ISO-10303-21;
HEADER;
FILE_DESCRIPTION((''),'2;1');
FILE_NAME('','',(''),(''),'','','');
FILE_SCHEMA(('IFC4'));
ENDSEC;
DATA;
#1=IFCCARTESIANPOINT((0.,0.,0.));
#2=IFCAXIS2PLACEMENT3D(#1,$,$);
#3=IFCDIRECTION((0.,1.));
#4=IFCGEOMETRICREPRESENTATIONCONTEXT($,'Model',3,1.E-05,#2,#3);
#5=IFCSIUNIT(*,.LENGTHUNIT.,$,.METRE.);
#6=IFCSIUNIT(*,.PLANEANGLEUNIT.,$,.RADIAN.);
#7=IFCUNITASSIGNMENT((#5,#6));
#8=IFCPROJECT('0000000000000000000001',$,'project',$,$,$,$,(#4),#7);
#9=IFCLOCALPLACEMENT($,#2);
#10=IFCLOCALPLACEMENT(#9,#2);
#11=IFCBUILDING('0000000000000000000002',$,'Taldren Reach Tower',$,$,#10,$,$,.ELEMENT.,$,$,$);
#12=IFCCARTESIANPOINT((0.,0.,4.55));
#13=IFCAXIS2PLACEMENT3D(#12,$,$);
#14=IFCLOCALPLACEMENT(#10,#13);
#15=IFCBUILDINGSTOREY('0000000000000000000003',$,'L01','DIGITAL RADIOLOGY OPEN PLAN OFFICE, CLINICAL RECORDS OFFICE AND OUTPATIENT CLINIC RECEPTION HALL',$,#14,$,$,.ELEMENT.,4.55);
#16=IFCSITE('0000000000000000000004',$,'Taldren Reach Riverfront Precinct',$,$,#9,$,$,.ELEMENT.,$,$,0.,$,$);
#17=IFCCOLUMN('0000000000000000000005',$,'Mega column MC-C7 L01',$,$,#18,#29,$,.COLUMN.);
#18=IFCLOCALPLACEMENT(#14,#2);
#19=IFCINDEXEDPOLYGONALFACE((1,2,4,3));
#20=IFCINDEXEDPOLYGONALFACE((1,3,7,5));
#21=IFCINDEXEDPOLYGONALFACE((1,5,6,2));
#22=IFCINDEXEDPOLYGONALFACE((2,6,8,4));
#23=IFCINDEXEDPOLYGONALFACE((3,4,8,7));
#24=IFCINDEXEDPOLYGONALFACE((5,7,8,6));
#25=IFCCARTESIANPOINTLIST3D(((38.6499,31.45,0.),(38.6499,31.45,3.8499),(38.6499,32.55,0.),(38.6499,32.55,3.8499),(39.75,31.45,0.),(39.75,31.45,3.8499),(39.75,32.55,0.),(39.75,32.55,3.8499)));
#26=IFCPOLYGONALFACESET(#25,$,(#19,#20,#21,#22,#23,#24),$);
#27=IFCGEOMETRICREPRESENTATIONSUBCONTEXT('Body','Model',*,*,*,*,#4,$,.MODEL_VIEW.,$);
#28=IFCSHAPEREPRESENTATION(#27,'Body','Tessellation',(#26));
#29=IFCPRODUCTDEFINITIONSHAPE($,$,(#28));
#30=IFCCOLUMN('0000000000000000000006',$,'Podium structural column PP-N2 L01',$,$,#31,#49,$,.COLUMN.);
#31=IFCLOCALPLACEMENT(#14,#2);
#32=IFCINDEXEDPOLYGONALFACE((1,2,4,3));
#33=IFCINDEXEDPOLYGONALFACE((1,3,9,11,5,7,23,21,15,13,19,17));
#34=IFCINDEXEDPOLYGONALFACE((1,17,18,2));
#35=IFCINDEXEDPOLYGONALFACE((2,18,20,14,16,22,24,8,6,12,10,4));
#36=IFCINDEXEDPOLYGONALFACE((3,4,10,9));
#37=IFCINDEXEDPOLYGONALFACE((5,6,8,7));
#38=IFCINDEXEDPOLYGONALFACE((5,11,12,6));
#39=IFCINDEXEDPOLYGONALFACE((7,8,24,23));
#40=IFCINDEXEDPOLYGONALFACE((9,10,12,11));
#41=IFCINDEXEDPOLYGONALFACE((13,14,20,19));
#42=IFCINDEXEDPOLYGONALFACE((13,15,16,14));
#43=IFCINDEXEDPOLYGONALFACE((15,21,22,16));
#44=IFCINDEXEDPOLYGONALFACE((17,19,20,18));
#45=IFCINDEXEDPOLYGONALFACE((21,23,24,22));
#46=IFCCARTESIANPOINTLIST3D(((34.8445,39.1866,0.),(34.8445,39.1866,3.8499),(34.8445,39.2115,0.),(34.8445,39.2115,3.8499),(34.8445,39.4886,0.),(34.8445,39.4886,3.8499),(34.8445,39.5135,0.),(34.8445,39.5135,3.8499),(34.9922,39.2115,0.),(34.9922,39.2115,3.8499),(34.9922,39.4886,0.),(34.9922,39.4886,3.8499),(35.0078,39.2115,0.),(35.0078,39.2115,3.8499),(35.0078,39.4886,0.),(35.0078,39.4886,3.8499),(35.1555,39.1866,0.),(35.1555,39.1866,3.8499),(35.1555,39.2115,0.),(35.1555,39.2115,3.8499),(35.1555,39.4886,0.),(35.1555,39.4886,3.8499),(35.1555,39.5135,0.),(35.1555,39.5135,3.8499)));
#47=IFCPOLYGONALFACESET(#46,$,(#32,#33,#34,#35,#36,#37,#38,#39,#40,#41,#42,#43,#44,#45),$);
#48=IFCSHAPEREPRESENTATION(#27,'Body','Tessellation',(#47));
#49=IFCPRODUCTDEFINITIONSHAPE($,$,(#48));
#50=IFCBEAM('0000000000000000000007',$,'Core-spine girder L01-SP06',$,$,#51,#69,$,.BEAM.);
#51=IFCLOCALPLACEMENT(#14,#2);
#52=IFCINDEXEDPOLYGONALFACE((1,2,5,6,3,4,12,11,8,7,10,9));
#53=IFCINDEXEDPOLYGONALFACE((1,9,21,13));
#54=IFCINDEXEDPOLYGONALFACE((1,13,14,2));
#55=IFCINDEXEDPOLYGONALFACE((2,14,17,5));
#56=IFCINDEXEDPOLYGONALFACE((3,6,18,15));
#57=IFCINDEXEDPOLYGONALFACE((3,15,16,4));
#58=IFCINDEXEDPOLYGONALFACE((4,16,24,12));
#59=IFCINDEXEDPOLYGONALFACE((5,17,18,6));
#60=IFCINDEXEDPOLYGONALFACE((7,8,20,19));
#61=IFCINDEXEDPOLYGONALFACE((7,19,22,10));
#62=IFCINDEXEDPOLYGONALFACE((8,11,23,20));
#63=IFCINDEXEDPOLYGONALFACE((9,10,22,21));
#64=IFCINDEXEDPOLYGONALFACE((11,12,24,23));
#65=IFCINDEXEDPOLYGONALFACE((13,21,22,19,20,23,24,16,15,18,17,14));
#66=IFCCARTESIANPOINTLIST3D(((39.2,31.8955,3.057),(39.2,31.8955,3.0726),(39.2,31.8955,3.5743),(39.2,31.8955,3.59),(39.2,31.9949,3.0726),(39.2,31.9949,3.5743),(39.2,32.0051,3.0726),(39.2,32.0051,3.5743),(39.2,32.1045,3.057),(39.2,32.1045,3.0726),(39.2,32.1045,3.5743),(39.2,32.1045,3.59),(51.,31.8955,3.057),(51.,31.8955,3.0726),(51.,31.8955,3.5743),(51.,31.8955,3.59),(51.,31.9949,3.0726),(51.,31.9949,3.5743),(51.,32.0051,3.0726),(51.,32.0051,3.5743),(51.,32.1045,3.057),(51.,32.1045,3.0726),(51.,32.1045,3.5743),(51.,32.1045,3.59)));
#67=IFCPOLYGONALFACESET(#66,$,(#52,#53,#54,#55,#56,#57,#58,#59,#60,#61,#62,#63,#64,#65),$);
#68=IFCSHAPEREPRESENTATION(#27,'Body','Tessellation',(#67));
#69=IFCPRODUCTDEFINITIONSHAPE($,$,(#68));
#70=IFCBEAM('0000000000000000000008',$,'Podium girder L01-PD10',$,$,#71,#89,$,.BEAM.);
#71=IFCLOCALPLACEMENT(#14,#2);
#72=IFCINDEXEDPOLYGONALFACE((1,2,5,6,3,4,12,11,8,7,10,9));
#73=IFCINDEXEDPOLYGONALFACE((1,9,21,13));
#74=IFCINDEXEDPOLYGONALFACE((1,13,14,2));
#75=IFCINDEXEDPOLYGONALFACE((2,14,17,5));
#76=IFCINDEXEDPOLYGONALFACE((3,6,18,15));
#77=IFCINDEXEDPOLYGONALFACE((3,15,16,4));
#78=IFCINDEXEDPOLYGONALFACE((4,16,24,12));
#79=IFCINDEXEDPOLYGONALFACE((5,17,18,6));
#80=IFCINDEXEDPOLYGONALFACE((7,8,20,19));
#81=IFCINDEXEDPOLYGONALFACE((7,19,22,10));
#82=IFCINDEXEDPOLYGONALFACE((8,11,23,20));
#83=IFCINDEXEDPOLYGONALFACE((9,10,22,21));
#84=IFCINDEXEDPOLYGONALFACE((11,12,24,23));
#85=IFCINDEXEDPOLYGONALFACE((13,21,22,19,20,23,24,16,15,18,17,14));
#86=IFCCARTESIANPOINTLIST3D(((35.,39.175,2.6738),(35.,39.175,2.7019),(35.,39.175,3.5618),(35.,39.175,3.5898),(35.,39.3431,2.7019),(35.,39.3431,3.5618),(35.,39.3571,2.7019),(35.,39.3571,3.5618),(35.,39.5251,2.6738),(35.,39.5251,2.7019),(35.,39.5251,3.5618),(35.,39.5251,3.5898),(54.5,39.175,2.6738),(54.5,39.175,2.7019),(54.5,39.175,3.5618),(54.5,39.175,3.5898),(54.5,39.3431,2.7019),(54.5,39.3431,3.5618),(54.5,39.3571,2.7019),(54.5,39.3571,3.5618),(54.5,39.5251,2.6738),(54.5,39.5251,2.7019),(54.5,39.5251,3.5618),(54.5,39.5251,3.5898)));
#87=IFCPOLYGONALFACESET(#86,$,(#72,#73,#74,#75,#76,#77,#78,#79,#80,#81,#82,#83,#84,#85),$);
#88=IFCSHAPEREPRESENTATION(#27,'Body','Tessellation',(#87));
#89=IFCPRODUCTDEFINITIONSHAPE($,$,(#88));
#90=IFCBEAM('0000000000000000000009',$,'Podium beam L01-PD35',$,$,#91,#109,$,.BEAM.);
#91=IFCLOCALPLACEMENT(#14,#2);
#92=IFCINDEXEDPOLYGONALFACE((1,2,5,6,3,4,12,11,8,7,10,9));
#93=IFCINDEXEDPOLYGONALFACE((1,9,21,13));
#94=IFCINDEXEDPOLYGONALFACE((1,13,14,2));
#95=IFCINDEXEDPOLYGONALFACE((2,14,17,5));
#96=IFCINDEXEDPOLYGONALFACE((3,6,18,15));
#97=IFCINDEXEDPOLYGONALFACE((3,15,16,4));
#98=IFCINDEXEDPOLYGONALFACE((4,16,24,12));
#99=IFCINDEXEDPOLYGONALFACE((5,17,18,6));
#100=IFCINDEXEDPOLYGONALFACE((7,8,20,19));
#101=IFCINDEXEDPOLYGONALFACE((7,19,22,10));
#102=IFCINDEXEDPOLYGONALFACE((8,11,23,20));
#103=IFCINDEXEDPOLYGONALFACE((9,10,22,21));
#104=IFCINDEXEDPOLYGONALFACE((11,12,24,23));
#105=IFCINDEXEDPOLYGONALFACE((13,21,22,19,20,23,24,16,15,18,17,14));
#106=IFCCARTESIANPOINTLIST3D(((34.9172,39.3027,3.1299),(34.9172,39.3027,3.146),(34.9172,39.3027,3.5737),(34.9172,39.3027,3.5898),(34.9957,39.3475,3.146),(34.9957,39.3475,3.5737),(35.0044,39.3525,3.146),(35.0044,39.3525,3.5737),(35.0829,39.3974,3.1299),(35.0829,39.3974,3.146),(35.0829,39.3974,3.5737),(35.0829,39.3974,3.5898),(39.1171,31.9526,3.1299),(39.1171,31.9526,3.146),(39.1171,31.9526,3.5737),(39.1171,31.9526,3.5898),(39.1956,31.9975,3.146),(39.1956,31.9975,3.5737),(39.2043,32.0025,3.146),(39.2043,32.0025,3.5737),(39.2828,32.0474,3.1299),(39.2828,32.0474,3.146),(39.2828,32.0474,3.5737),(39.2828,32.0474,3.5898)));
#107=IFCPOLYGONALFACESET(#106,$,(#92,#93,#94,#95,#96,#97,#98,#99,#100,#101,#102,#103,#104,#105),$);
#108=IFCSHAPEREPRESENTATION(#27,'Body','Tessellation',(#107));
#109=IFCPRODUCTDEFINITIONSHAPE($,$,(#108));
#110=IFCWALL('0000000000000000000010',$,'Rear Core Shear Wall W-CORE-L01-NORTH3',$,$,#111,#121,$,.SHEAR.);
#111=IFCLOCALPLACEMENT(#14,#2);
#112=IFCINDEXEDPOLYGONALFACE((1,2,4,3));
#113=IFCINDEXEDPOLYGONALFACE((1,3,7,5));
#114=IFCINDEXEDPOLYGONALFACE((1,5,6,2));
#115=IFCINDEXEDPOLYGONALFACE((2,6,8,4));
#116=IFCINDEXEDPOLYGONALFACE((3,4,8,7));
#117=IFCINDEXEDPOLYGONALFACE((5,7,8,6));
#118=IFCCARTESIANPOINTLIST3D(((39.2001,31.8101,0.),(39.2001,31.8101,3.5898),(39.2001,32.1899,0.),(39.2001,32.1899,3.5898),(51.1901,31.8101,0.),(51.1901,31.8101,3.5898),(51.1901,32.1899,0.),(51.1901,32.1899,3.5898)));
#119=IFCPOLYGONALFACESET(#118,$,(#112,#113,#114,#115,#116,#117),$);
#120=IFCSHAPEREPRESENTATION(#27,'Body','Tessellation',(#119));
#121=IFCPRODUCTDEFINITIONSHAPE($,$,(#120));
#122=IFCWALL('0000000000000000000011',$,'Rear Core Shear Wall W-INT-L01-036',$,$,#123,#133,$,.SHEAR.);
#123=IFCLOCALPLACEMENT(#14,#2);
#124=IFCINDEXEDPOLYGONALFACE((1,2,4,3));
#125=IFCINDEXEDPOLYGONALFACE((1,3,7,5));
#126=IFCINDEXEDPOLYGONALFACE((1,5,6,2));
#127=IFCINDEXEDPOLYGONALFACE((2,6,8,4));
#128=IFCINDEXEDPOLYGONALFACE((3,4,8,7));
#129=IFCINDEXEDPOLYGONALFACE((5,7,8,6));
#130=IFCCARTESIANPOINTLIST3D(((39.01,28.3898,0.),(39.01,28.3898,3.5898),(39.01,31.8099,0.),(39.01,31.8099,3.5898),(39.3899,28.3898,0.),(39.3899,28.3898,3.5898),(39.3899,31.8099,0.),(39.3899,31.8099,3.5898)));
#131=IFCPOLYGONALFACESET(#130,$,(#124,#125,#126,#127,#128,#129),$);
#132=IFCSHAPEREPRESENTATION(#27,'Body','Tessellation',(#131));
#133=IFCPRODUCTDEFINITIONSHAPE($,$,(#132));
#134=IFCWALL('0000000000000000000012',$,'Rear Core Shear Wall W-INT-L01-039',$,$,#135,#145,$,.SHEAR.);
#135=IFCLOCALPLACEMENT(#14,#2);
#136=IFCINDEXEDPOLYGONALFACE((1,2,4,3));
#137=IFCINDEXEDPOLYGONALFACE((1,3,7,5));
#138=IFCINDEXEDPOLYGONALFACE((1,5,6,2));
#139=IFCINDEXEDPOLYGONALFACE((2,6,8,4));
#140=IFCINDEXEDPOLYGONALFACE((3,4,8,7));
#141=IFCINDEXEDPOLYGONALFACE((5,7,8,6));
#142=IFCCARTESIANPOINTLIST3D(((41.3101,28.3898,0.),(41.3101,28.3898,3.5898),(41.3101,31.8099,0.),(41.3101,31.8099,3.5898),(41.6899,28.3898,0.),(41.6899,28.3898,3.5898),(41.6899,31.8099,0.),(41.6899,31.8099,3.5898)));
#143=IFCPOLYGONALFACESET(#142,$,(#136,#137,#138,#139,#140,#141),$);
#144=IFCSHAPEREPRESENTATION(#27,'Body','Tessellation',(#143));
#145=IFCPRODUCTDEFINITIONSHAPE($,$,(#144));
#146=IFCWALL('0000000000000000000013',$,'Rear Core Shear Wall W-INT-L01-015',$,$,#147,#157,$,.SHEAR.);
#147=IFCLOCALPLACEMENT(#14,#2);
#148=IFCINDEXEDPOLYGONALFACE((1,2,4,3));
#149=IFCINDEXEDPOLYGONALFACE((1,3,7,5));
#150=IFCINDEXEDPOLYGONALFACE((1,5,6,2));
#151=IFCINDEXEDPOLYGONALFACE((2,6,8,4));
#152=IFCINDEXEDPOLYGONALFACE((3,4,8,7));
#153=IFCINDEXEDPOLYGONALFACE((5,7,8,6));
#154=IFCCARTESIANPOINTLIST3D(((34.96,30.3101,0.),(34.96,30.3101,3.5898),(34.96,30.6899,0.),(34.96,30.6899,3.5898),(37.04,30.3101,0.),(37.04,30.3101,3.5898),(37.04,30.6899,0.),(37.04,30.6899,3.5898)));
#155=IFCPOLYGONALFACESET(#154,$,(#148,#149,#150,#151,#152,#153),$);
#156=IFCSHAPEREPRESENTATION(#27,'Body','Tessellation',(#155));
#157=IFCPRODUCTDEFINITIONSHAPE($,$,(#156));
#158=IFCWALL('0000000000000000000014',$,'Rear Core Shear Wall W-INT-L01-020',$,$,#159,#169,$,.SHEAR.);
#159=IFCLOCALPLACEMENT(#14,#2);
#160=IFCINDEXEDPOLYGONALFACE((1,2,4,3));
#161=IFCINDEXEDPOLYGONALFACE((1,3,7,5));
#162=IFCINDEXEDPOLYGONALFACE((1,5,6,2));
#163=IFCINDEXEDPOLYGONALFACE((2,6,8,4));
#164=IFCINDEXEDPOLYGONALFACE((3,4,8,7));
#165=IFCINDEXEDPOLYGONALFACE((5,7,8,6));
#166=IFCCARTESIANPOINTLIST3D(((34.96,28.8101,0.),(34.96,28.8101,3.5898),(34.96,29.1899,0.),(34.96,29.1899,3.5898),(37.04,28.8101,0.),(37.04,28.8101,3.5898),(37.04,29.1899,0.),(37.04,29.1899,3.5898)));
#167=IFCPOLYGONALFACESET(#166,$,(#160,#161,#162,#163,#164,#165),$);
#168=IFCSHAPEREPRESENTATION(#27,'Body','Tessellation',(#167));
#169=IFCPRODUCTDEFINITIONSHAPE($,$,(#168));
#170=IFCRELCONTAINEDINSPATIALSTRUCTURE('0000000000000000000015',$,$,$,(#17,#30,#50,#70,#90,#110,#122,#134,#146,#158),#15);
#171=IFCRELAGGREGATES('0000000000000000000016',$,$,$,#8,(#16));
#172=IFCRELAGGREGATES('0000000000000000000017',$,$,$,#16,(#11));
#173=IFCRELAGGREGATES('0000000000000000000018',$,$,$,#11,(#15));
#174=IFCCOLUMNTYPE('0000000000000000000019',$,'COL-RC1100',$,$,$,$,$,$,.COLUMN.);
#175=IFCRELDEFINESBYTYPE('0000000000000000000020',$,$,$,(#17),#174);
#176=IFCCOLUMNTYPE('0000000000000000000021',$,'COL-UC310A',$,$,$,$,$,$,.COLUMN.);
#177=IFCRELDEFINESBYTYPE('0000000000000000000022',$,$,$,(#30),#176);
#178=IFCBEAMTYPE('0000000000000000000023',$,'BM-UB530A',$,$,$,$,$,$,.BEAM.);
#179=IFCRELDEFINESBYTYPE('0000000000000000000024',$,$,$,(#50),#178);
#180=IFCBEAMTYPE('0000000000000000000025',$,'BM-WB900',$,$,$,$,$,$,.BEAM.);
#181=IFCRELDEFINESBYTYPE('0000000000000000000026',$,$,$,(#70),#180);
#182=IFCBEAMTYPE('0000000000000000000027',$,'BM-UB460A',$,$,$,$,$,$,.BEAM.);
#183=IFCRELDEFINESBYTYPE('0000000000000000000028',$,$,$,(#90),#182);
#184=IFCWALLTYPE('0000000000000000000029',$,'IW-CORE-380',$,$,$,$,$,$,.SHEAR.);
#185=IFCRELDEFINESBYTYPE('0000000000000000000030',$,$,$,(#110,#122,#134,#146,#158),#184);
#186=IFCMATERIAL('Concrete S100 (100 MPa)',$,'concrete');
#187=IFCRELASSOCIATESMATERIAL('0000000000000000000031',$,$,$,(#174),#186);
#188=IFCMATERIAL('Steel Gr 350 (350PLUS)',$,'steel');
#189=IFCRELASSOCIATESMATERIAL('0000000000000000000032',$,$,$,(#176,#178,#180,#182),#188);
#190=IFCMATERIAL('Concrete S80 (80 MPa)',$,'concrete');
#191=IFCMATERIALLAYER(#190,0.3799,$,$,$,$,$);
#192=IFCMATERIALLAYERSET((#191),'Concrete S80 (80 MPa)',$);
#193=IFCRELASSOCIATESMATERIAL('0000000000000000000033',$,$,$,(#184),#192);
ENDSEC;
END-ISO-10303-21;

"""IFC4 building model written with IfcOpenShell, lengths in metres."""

from ifc_helpers import new_model, si_unit, direction, frame, frame_2d, origin, origin_2d, place, context, subcontext, project, spatial, rectangle, i_section, extrude, source, transform, mapped, material, layer, layer_set, material_profile, profile_set, type_object, element, save


model = new_model("IFC4")

# Units and contexts
model_context = context("Model", 3, precision=1e-05, world=origin(), true_north=direction((0.0, 1.0)))
body_context = subcontext(model_context, "Body", "Model", "MODEL_VIEW")
ifc_project = project(units=[si_unit("LENGTHUNIT", "METRE"), si_unit("PLANEANGLEUNIT", "RADIAN")], contexts=[model_context])

# Site, building, storey
site_placement = place(None, origin())
site = spatial("IfcSite", under=ifc_project, at=site_placement, Name="Taldren Reach Riverfront Precinct", CompositionType="ELEMENT", RefElevation=0.0)
building_placement = place(site_placement, origin())
building = spatial("IfcBuilding", under=site, at=building_placement, Name="Taldren Reach Tower", CompositionType="ELEMENT")
storey_placement = place(building_placement, frame((0.0, 0.0, 4.55)))
storey = spatial("IfcBuildingStorey", under=building, at=storey_placement, Name="L01", Description="DIGITAL RADIOLOGY OPEN PLAN OFFICE, CLINICAL RECORDS OFFICE AND OUTPATIENT CLINIC RECEPTION HALL", CompositionType="ELEMENT", Elevation=4.55)

# Columns
ifc_material_1 = material(Name="Concrete S100 (100 MPa)", Category="concrete")
ifc_material_profile_1 = material_profile(ifc_material_1, rectangle(XDim=1.1001, YDim=1.1001, at=origin_2d()), Name="RC-1100x1100")
ifc_profile_set_1 = profile_set([ifc_material_profile_1], Name="Concrete S100 (100 MPa)")
column_type_1 = type_object("IfcColumnType", Name="COL-RC1100", PredefinedType="COLUMN", material=ifc_profile_set_1)
shared_shape_1 = source(origin(), body_context, "Body", "SweptSolid", [
    extrude(rectangle(XDim=1.1001, YDim=1.1001, at=origin_2d()), origin(), (0.0, 0.0, 1.0), 3.8499),
])
column_1_placement = place(storey_placement, frame((39.2, 32.0, 0.0), z_axis=(0.0, 0.0, 1.0), x_axis=(1.0, 0.0, 0.0)))
element("IfcColumn", 1, at=column_1_placement, inside=storey, type_object=column_type_1, Name="Mega column MC-C7 L01", PredefinedType="COLUMN", context=body_context, shape_type="MappedRepresentation", body=[
    mapped(shared_shape_1, transform((0.0, 0.0, 0.0), scale=1.0)),
])
ifc_material_2 = material(Name="Steel Gr 350 (350PLUS)", Category="steel")
ifc_material_profile_2 = material_profile(ifc_material_2, i_section(OverallWidth=0.311, OverallDepth=0.3269, WebThickness=0.0156, FlangeThickness=0.0249, at=origin_2d()), Name="310UC158")
ifc_profile_set_2 = profile_set([ifc_material_profile_2], Name="Steel Gr 350 (350PLUS)")
column_type_2 = type_object("IfcColumnType", Name="COL-UC310A", PredefinedType="COLUMN", material=ifc_profile_set_2)
shared_shape_2 = source(origin(), body_context, "Body", "SweptSolid", [
    extrude(i_section(OverallWidth=0.311, OverallDepth=0.3269, WebThickness=0.0156, FlangeThickness=0.0249, at=origin_2d()), origin(), (0.0, 0.0, 1.0), 3.8499),
])
column_2_placement = place(storey_placement, frame((35.0, 39.3501, 0.0), z_axis=(0.0, 0.0, 1.0), x_axis=(1.0, 0.0, 0.0)))
element("IfcColumn", 2, at=column_2_placement, inside=storey, type_object=column_type_2, Name="Podium structural column PP-N2 L01", PredefinedType="COLUMN", context=body_context, shape_type="MappedRepresentation", body=[
    mapped(shared_shape_2, transform((0.0, 0.0, 0.0), scale=1.0)),
])

# Beams
ifc_material_profile_3 = material_profile(ifc_material_2, i_section(OverallWidth=0.209, OverallDepth=0.533, WebThickness=0.0103, FlangeThickness=0.0156, at=origin_2d()), Name="530UB92.4")
ifc_profile_set_3 = profile_set([ifc_material_profile_3], Name="Steel Gr 350 (350PLUS)")
beam_type_1 = type_object("IfcBeamType", Name="BM-UB530A", PredefinedType="BEAM", material=ifc_profile_set_3)
shared_shape_3 = source(origin(), body_context, "Body", "SweptSolid", [
    extrude(i_section(OverallWidth=0.209, OverallDepth=0.533, WebThickness=0.0103, FlangeThickness=0.0156, at=origin_2d()), origin(), (0.0, 0.0, 1.0), 11.8),
])
beam_1_placement = place(storey_placement, frame((39.2, 32.0, 3.3235), z_axis=(1.0, 0.0, 0.0), x_axis=(0.0, 1.0, 0.0)))
element("IfcBeam", 3, at=beam_1_placement, inside=storey, type_object=beam_type_1, Name="Core-spine girder L01-SP06", PredefinedType="BEAM", context=body_context, shape_type="MappedRepresentation", body=[
    mapped(shared_shape_3, transform((0.0, 0.0, 0.0), scale=1.0)),
])
ifc_material_profile_4 = material_profile(ifc_material_2, i_section(OverallWidth=0.3501, OverallDepth=0.916, WebThickness=0.0139, FlangeThickness=0.0281, at=origin_2d()), Name="900WB257")
ifc_profile_set_4 = profile_set([ifc_material_profile_4], Name="Steel Gr 350 (350PLUS)")
beam_type_2 = type_object("IfcBeamType", Name="BM-WB900", PredefinedType="BEAM", material=ifc_profile_set_4)
shared_shape_4 = source(origin(), body_context, "Body", "SweptSolid", [
    extrude(i_section(OverallWidth=0.3501, OverallDepth=0.916, WebThickness=0.0139, FlangeThickness=0.0281, at=origin_2d()), origin(), (0.0, 0.0, 1.0), 19.5),
])
beam_2_placement = place(storey_placement, frame((35.0, 39.3501, 3.1318), z_axis=(1.0, 0.0, 0.0), x_axis=(0.0, 1.0, 0.0)))
element("IfcBeam", 4, at=beam_2_placement, inside=storey, type_object=beam_type_2, Name="Podium girder L01-PD10", PredefinedType="BEAM", context=body_context, shape_type="MappedRepresentation", body=[
    mapped(shared_shape_4, transform((0.0, 0.0, 0.0), scale=1.0)),
])
ifc_material_profile_5 = material_profile(ifc_material_2, i_section(OverallWidth=0.1909, OverallDepth=0.46, WebThickness=0.01, FlangeThickness=0.0161, at=origin_2d()), Name="460UB82.1")
ifc_profile_set_5 = profile_set([ifc_material_profile_5], Name="Steel Gr 350 (350PLUS)")
beam_type_3 = type_object("IfcBeamType", Name="BM-UB460A", PredefinedType="BEAM", material=ifc_profile_set_5)
shared_shape_5 = source(origin(), body_context, "Body", "SweptSolid", [
    extrude(i_section(OverallWidth=0.1909, OverallDepth=0.46, WebThickness=0.01, FlangeThickness=0.0161, at=origin_2d()), origin(), (0.0, 0.0, 1.0), 8.4653),
])
beam_3_placement = place(storey_placement, frame((39.2, 32.0, 3.3599), z_axis=(-0.49613, 0.868248, 0.0), x_axis=(-0.868248, -0.49613, 0.0)))
element("IfcBeam", 5, at=beam_3_placement, inside=storey, type_object=beam_type_3, Name="Podium beam L01-PD35", PredefinedType="BEAM", context=body_context, shape_type="MappedRepresentation", body=[
    mapped(shared_shape_5, transform((0.0, 0.0, 0.0), scale=1.0)),
])

# Walls
ifc_material_3 = material(Name="Concrete S80 (80 MPa)", Category="concrete")
ifc_layer = layer(ifc_material_3, 0.3799)
ifc_layer_set = layer_set([ifc_layer], Name="Concrete S80 (80 MPa)")
wall_type = type_object("IfcWallType", Name="IW-CORE-380", PredefinedType="SHEAR", material=ifc_layer_set)
shared_shape_6 = source(origin(), body_context, "Body", "SweptSolid", [
    extrude(rectangle(XDim=11.99, YDim=0.3799, at=frame_2d((5.9951, 0.0))), origin(), (0.0, 0.0, 1.0), 3.5898),
])
wall_1_placement = place(storey_placement, frame((39.2, 32.0, 0.0), z_axis=(0.0, 0.0, 1.0), x_axis=(1.0, 0.0, 0.0)))
element("IfcWall", 6, at=wall_1_placement, inside=storey, type_object=wall_type, Name="Rear Core Shear Wall W-CORE-L01-NORTH3", PredefinedType="SHEAR", context=body_context, shape_type="MappedRepresentation", body=[
    mapped(shared_shape_6, transform((0.0, 0.0, 0.0), scale=1.0)),
])
shared_shape_7 = source(origin(), body_context, "Body", "SweptSolid", [
    extrude(rectangle(XDim=3.4202, YDim=0.3799, at=frame_2d((1.71, 0.0))), origin(), (0.0, 0.0, 1.0), 3.5898),
])
for number, where, z_axis, x_axis, name in (
    (7, (39.2, 28.3899, 0.0), (0.0, 0.0, 1.0), (0.0, 1.0, 0.0), "Rear Core Shear Wall W-INT-L01-036"),
    (8, (41.5, 28.3899, 0.0), (0.0, 0.0, 1.0), (0.0, 1.0, 0.0), "Rear Core Shear Wall W-INT-L01-039"),
):
    element("IfcWall", number, at=place(storey_placement, frame(where, z_axis=z_axis, x_axis=x_axis)), inside=storey, type_object=wall_type, Name=name, PredefinedType="SHEAR", context=body_context, shape_type="MappedRepresentation", body=[
        mapped(shared_shape_7, transform((0.0, 0.0, 0.0), scale=1.0)),
    ])

# Walls
shared_shape_8 = source(origin(), body_context, "Body", "SweptSolid", [
    extrude(rectangle(XDim=2.0801, YDim=0.3799, at=frame_2d((1.04, 0.0))), origin(), (0.0, 0.0, 1.0), 3.5898),
])
for number, where, z_axis, x_axis, name in (
    (9, (34.96, 30.5, 0.0), (0.0, 0.0, 1.0), (1.0, 0.0, 0.0), "Rear Core Shear Wall W-INT-L01-015"),
    (10, (34.96, 29.0, 0.0), (0.0, 0.0, 1.0), (1.0, 0.0, 0.0), "Rear Core Shear Wall W-INT-L01-020"),
):
    element("IfcWall", number, at=place(storey_placement, frame(where, z_axis=z_axis, x_axis=x_axis)), inside=storey, type_object=wall_type, Name=name, PredefinedType="SHEAR", context=body_context, shape_type="MappedRepresentation", body=[
        mapped(shared_shape_8, transform((0.0, 0.0, 0.0), scale=1.0)),
    ])

save(model, "model.ifc")
